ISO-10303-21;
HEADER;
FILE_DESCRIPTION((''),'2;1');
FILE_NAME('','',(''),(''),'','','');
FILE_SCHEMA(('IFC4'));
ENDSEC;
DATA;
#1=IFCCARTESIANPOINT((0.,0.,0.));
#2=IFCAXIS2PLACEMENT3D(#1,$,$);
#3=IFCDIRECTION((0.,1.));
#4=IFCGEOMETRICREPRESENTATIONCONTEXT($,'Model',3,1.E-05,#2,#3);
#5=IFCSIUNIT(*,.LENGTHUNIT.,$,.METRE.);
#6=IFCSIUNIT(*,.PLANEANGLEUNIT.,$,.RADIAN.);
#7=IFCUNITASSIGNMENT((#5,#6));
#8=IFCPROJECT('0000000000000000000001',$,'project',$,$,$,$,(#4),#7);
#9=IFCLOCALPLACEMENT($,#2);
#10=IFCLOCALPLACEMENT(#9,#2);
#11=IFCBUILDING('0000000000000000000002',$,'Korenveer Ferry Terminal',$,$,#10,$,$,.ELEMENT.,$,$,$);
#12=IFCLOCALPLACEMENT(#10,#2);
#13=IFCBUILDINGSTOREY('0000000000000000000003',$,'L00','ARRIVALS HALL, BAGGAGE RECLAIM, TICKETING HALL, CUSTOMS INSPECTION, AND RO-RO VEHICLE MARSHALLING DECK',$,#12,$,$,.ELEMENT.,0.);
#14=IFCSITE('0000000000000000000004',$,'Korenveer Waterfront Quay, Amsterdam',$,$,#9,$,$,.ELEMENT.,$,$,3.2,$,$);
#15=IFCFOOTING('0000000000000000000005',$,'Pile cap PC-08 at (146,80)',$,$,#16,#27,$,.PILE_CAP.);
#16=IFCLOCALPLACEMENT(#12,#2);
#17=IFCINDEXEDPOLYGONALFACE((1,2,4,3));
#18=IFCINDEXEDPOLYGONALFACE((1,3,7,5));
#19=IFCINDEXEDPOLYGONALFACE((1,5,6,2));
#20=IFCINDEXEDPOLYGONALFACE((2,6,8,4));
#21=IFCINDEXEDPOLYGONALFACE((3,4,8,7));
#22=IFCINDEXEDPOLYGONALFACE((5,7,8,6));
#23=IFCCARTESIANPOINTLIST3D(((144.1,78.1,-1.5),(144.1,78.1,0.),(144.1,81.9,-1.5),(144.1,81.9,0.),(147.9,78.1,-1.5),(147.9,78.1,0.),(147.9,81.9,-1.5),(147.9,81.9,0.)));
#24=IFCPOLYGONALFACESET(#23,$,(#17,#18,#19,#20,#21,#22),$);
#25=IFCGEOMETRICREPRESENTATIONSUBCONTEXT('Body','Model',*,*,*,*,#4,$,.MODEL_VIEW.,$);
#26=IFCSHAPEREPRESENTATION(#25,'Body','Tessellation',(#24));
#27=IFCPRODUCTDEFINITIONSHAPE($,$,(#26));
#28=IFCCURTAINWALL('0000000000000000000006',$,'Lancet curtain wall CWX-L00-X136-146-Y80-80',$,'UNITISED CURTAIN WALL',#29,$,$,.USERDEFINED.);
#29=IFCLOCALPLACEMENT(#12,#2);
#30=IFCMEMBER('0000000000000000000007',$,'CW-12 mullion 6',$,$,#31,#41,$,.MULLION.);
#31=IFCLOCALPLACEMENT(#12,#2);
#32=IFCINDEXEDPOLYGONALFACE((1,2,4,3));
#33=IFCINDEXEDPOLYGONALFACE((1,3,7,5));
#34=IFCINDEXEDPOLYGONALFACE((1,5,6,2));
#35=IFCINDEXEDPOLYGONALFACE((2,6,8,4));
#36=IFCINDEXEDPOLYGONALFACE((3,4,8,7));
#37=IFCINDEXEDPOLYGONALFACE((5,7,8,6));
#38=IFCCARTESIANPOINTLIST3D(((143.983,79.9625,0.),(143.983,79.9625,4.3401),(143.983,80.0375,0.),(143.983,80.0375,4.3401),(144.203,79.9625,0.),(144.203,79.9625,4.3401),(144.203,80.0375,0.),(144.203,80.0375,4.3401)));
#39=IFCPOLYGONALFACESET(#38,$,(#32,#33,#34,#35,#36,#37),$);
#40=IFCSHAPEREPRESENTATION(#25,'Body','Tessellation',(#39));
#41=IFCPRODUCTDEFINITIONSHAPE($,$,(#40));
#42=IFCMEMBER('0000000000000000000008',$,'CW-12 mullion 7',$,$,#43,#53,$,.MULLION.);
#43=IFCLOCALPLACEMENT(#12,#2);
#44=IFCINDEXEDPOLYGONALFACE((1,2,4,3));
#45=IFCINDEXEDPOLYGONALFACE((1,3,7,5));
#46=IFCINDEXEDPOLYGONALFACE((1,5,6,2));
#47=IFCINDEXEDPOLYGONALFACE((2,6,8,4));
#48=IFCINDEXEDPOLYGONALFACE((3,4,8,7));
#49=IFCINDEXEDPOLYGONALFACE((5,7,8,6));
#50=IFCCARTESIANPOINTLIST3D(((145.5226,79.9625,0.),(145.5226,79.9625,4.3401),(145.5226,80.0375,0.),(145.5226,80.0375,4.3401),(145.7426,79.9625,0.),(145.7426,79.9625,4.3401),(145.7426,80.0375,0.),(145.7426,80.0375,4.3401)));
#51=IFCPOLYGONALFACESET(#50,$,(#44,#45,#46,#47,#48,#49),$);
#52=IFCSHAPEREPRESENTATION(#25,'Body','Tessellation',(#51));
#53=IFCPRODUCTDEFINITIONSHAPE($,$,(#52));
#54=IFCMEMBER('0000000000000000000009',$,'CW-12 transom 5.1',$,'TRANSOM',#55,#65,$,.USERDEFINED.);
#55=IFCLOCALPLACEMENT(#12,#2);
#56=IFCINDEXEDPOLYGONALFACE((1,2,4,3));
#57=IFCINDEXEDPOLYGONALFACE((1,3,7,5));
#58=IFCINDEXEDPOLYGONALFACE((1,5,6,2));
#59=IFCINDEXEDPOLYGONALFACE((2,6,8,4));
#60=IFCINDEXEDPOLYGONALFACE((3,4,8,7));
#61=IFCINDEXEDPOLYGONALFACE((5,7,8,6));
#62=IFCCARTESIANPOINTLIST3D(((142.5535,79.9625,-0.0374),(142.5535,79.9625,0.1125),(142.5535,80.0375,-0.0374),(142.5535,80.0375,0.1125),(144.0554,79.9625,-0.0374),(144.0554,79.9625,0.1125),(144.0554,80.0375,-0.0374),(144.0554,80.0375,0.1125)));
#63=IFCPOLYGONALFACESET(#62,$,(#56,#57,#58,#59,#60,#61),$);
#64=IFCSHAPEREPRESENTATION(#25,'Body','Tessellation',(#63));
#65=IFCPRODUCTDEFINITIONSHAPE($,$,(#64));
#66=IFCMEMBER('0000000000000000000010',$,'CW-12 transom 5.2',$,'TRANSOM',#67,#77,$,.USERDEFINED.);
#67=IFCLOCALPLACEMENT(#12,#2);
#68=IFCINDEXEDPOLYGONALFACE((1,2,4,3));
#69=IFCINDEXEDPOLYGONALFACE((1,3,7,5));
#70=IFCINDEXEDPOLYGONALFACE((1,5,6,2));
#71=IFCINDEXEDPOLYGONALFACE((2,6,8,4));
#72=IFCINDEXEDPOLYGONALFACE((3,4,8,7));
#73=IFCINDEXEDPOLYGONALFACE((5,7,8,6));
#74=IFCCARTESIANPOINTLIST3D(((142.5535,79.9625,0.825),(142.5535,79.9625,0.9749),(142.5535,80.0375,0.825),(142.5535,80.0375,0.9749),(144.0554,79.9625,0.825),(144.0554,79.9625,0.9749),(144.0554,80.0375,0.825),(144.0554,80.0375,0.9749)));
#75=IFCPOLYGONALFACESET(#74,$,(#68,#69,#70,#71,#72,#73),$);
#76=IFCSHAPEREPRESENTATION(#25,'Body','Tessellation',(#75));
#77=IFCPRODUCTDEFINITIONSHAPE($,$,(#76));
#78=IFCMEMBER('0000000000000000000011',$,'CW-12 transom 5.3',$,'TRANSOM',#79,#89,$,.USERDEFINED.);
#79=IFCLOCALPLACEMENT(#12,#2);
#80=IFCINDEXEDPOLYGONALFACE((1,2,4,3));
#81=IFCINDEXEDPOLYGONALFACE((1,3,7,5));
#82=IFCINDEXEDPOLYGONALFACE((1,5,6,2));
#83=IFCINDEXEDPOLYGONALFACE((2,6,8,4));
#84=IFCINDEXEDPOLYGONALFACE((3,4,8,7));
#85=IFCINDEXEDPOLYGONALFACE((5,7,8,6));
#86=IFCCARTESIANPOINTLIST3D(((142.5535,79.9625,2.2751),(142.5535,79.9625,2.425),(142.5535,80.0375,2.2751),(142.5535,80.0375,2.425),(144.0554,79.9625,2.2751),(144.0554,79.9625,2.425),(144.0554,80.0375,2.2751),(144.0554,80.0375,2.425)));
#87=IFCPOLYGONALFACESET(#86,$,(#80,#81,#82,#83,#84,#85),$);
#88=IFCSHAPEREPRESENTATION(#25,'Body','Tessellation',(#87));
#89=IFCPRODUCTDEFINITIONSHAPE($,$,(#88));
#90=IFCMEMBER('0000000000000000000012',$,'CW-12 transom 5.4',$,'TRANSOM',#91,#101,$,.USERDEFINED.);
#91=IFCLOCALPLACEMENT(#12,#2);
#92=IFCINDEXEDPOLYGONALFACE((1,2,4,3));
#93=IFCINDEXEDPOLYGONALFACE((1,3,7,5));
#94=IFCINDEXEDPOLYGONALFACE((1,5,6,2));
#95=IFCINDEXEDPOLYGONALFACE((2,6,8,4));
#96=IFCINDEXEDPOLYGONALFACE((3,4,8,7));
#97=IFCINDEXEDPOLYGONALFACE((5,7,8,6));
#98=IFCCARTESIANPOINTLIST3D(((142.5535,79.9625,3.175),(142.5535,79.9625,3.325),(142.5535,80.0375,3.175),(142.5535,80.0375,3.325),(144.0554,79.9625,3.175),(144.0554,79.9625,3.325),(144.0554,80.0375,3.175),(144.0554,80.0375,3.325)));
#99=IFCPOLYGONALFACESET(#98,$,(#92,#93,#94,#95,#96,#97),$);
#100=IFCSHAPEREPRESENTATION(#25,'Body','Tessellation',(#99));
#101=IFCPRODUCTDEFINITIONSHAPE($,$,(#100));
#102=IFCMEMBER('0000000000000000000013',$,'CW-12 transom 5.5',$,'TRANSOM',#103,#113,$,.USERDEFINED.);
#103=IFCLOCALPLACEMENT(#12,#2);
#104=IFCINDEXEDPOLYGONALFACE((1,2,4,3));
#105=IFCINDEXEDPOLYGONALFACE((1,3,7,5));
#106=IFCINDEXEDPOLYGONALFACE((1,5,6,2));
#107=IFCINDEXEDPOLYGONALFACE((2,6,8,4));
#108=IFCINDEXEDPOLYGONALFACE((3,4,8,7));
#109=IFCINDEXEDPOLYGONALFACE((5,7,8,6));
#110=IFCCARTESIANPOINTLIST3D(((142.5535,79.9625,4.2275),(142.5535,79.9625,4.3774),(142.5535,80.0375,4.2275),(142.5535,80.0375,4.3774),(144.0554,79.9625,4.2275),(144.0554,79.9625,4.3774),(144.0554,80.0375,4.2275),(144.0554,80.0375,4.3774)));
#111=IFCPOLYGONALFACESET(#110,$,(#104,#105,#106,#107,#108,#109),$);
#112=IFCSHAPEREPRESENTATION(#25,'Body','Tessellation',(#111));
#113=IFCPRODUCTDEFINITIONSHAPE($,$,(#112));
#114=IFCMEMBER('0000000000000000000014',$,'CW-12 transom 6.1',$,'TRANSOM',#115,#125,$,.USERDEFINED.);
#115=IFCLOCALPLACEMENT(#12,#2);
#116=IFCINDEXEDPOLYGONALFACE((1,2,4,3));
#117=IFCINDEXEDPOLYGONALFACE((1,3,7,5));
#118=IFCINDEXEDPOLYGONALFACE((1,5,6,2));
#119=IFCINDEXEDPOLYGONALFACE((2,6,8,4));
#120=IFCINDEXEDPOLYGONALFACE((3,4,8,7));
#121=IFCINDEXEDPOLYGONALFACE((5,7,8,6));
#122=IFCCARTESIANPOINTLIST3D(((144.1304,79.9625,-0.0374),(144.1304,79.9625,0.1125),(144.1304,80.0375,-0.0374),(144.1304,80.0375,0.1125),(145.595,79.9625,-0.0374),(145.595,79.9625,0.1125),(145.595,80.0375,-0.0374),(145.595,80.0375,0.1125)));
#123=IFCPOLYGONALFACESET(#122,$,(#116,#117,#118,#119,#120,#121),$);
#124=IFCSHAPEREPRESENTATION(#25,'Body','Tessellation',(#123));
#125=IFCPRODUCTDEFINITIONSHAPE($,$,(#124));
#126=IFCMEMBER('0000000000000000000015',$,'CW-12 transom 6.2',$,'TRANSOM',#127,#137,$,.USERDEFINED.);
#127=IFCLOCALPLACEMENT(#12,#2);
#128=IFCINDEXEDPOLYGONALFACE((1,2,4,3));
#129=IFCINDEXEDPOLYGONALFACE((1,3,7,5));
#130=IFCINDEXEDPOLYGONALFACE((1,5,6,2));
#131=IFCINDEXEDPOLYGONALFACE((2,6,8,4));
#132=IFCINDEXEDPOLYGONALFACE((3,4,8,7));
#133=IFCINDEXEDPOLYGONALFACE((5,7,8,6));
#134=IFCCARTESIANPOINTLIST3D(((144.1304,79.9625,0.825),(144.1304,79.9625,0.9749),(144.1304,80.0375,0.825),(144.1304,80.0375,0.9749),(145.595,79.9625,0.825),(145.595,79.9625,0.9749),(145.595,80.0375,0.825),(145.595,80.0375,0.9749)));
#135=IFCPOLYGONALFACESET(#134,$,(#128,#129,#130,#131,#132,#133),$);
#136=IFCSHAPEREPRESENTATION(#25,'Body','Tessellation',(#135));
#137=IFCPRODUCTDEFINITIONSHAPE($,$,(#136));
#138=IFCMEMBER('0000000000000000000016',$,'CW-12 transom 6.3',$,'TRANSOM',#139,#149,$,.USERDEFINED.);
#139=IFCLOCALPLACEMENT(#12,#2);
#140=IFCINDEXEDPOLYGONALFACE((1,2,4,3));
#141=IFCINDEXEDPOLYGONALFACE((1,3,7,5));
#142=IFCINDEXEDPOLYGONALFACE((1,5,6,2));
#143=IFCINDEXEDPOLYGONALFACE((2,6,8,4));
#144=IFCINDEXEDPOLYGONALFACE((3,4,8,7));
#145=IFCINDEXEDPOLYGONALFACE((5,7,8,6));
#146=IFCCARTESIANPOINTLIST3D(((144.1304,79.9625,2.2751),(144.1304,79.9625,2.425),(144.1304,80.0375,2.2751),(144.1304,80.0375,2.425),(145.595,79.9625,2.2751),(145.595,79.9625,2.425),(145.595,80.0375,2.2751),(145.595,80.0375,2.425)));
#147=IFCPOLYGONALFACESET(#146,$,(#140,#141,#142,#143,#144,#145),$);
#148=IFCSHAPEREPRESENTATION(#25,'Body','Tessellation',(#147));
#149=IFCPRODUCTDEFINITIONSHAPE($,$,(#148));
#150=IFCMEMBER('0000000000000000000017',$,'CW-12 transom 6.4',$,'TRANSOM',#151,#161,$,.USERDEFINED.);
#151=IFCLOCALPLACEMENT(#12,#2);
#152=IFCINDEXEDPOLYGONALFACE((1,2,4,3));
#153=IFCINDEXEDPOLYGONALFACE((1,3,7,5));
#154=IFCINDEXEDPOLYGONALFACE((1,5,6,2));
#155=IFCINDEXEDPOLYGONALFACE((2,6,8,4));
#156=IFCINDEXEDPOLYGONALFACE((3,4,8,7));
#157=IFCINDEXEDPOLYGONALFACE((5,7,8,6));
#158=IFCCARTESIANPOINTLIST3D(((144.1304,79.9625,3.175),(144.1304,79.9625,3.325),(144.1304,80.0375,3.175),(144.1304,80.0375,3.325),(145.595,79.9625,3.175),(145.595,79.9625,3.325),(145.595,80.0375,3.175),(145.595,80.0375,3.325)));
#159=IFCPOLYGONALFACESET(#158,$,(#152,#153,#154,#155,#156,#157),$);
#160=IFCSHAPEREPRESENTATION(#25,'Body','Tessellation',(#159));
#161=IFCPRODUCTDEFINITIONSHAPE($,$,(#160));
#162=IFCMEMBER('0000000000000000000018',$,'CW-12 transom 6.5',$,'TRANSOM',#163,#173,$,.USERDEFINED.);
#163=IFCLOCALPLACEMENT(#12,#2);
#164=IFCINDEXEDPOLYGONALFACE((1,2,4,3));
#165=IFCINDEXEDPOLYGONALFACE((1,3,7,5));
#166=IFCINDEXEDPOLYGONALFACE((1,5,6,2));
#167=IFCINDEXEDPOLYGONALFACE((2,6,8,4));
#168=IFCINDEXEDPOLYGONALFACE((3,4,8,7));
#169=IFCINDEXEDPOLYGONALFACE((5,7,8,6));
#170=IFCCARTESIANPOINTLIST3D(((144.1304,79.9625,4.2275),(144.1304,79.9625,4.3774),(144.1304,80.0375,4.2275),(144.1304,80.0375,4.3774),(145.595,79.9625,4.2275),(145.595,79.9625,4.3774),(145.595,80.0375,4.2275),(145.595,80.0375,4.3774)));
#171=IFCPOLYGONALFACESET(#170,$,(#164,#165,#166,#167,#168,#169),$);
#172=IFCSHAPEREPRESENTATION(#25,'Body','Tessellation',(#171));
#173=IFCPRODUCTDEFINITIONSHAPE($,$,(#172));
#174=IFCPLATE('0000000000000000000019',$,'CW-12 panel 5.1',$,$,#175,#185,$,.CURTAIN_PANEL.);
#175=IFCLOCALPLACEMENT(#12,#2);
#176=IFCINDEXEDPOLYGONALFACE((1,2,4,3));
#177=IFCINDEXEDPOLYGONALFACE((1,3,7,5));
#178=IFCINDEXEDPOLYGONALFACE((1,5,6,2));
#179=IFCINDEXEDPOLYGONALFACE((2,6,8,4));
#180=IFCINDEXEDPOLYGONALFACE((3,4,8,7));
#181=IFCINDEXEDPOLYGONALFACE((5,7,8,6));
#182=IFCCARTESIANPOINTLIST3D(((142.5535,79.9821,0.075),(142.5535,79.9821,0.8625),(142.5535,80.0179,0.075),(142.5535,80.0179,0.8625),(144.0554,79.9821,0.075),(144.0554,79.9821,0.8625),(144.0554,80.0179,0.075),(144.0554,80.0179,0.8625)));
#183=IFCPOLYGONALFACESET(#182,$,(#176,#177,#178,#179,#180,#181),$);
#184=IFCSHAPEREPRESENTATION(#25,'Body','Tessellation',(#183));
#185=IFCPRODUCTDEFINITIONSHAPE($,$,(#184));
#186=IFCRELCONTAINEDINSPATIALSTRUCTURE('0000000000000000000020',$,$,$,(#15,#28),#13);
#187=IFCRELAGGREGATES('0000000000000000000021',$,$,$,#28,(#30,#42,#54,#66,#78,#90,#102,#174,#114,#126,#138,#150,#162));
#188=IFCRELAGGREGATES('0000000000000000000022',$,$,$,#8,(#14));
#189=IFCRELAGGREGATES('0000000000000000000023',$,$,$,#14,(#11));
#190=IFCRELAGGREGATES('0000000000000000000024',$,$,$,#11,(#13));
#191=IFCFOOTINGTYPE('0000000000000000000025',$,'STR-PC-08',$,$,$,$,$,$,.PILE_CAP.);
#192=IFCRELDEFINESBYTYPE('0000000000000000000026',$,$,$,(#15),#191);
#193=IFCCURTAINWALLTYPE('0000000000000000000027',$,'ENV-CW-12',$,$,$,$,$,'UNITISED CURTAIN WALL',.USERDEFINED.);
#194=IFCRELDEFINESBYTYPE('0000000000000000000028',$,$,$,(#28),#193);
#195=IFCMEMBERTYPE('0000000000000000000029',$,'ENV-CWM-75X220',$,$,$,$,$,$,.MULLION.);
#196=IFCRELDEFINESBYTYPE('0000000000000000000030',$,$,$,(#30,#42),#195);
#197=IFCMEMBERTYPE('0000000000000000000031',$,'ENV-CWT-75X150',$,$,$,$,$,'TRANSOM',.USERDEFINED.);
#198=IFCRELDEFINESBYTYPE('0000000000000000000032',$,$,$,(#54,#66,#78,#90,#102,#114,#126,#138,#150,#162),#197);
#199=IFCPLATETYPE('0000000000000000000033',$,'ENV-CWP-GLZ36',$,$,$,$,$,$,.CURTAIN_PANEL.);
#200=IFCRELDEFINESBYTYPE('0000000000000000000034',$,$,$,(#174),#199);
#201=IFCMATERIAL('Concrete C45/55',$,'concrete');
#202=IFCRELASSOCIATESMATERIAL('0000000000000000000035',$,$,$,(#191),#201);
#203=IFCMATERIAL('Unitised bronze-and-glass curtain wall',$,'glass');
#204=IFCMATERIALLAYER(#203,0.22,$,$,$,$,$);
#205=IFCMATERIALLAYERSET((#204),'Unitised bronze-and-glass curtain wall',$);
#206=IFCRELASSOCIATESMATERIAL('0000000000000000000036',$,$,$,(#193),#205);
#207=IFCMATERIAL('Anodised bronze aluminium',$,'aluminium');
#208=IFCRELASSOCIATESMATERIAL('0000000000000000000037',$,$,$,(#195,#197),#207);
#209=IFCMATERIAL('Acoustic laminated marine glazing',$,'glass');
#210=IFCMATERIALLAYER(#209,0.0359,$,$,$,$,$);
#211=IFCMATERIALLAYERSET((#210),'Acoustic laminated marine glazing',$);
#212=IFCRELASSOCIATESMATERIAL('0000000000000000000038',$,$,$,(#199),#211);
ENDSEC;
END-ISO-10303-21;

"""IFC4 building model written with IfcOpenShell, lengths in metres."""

from ifc_helpers import new_model, si_unit, direction, frame, origin, origin_2d, place, context, subcontext, project, spatial, rectangle, extrude, material, layer, layer_set, material_profile, profile_set, type_object, element, aggregate, save


model = new_model("IFC4")

# Units and contexts
model_context = context("Model", 3, precision=1e-05, world=origin(), true_north=direction((0.0, 1.0)))
body_context = subcontext(model_context, "Body", "Model", "MODEL_VIEW")
ifc_project = project(units=[si_unit("LENGTHUNIT", "METRE"), si_unit("PLANEANGLEUNIT", "RADIAN")], contexts=[model_context])

# Site, building, storey
site_placement = place(None, origin())
site = spatial("IfcSite", under=ifc_project, at=site_placement, Name="Korenveer Waterfront Quay, Amsterdam", CompositionType="ELEMENT", RefElevation=3.2)
building_placement = place(site_placement, origin())
building = spatial("IfcBuilding", under=site, at=building_placement, Name="Korenveer Ferry Terminal", CompositionType="ELEMENT")
storey_placement = place(building_placement, origin())
storey = spatial("IfcBuildingStorey", under=building, at=storey_placement, Name="L00", Description="ARRIVALS HALL, BAGGAGE RECLAIM, TICKETING HALL, CUSTOMS INSPECTION, AND RO-RO VEHICLE MARSHALLING DECK", CompositionType="ELEMENT", Elevation=0.0)

# Footing
ifc_material_1 = material(Name="Concrete C45/55", Category="concrete")
footing_type = type_object("IfcFootingType", Name="STR-PC-08", PredefinedType="PILE_CAP", material=ifc_material_1)
footing_placement = place(storey_placement, frame((146.0, 80.0, -1.5), z_axis=(0.0, 0.0, 1.0), x_axis=(1.0, 0.0, 0.0)))
element("IfcFooting", 1, at=footing_placement, inside=storey, type_object=footing_type, Name="Pile cap PC-08 at (146,80)", PredefinedType="PILE_CAP", context=body_context, shape_type="SweptSolid", body=[
    extrude(rectangle(XDim=3.8, YDim=3.8, at=origin_2d()), origin(), (0.0, 0.0, 1.0), 1.5),
])

# Curtain wall, members, plate
ifc_material_2 = material(Name="Unitised bronze-and-glass curtain wall", Category="glass")
ifc_layer_1 = layer(ifc_material_2, 0.22)
ifc_layer_set_1 = layer_set([ifc_layer_1], Name="Unitised bronze-and-glass curtain wall")
curtain_wall_type = type_object("IfcCurtainWallType", Name="ENV-CW-12", ElementType="UNITISED CURTAIN WALL", PredefinedType="USERDEFINED", material=ifc_layer_set_1)
curtain_wall_placement = place(storey_placement, frame((136.2078, 80.0, 0.0)))
curtain_wall = element("IfcCurtainWall", 2, at=curtain_wall_placement, inside=storey, type_object=curtain_wall_type, Name="Lancet curtain wall CWX-L00-X136-146-Y80-80", ObjectType="UNITISED CURTAIN WALL", PredefinedType="USERDEFINED")
ifc_material_3 = material(Name="Anodised bronze aluminium", Category="aluminium")
ifc_material_profile_1 = material_profile(ifc_material_3, rectangle(XDim=0.075, YDim=0.22, at=origin_2d()), Name="ALU 75x220")
ifc_profile_set_1 = profile_set([ifc_material_profile_1], Name="Anodised bronze aluminium")
member_type_1 = type_object("IfcMemberType", Name="ENV-CWM-75X220", PredefinedType="MULLION", material=ifc_profile_set_1)
member_1_placement = place(storey_placement, frame((144.093, 80.0, 0.0), z_axis=(0.0, 0.0, 1.0), x_axis=(0.0, 1.0, 0.0)))
member_1 = element("IfcMember", 3, at=member_1_placement, type_object=member_type_1, Name="CW-12 mullion 6", PredefinedType="MULLION", context=body_context, shape_type="SweptSolid", body=[
    extrude(rectangle(XDim=0.075, YDim=0.22, at=origin_2d()), origin(), (0.0, 0.0, 1.0), 4.3401),
])
member_2_placement = place(storey_placement, frame((145.6326, 80.0, 0.0), z_axis=(0.0, 0.0, 1.0), x_axis=(0.0, 1.0, 0.0)))
member_2 = element("IfcMember", 4, at=member_2_placement, type_object=member_type_1, Name="CW-12 mullion 7", PredefinedType="MULLION", context=body_context, shape_type="SweptSolid", body=[
    extrude(rectangle(XDim=0.075, YDim=0.22, at=origin_2d()), origin(), (0.0, 0.0, 1.0), 4.3401),
])
ifc_material_profile_2 = material_profile(ifc_material_3, rectangle(XDim=0.075, YDim=0.1499, at=origin_2d()), Name="ALU 75x150")
ifc_profile_set_2 = profile_set([ifc_material_profile_2], Name="Anodised bronze aluminium")
member_type_2 = type_object("IfcMemberType", Name="ENV-CWT-75X150", ElementType="TRANSOM", PredefinedType="USERDEFINED", material=ifc_profile_set_2)
member_3_placement = place(storey_placement, frame((142.5535, 80.0, 0.0376), z_axis=(1.0, 0.0, 0.0), x_axis=(0.0, 1.0, 0.0)))
member_3 = element("IfcMember", 5, at=member_3_placement, type_object=member_type_2, Name="CW-12 transom 5.1", ObjectType="TRANSOM", PredefinedType="USERDEFINED", context=body_context, shape_type="SweptSolid", body=[
    extrude(rectangle(XDim=0.075, YDim=0.1499, at=origin_2d()), origin(), (0.0, 0.0, 1.0), 1.502),
])
member_4_placement = place(storey_placement, frame((142.5535, 80.0, 0.8999), z_axis=(1.0, 0.0, 0.0), x_axis=(0.0, 1.0, 0.0)))
member_4 = element("IfcMember", 6, at=member_4_placement, type_object=member_type_2, Name="CW-12 transom 5.2", ObjectType="TRANSOM", PredefinedType="USERDEFINED", context=body_context, shape_type="SweptSolid", body=[
    extrude(rectangle(XDim=0.075, YDim=0.1499, at=origin_2d()), origin(), (0.0, 0.0, 1.0), 1.502),
])
member_5_placement = place(storey_placement, frame((142.5535, 80.0, 2.3501), z_axis=(1.0, 0.0, 0.0), x_axis=(0.0, 1.0, 0.0)))
member_5 = element("IfcMember", 7, at=member_5_placement, type_object=member_type_2, Name="CW-12 transom 5.3", ObjectType="TRANSOM", PredefinedType="USERDEFINED", context=body_context, shape_type="SweptSolid", body=[
    extrude(rectangle(XDim=0.075, YDim=0.1499, at=origin_2d()), origin(), (0.0, 0.0, 1.0), 1.502),
])
member_6_placement = place(storey_placement, frame((142.5535, 80.0, 3.25), z_axis=(1.0, 0.0, 0.0), x_axis=(0.0, 1.0, 0.0)))
member_6 = element("IfcMember", 8, at=member_6_placement, type_object=member_type_2, Name="CW-12 transom 5.4", ObjectType="TRANSOM", PredefinedType="USERDEFINED", context=body_context, shape_type="SweptSolid", body=[
    extrude(rectangle(XDim=0.075, YDim=0.1499, at=origin_2d()), origin(), (0.0, 0.0, 1.0), 1.502),
])
member_7_placement = place(storey_placement, frame((142.5535, 80.0, 4.3025), z_axis=(1.0, 0.0, 0.0), x_axis=(0.0, 1.0, 0.0)))
member_7 = element("IfcMember", 9, at=member_7_placement, type_object=member_type_2, Name="CW-12 transom 5.5", ObjectType="TRANSOM", PredefinedType="USERDEFINED", context=body_context, shape_type="SweptSolid", body=[
    extrude(rectangle(XDim=0.075, YDim=0.1499, at=origin_2d()), origin(), (0.0, 0.0, 1.0), 1.502),
])
member_8_placement = place(storey_placement, frame((144.1304, 80.0, 0.0376), z_axis=(1.0, 0.0, 0.0), x_axis=(0.0, 1.0, 0.0)))
member_8 = element("IfcMember", 10, at=member_8_placement, type_object=member_type_2, Name="CW-12 transom 6.1", ObjectType="TRANSOM", PredefinedType="USERDEFINED", context=body_context, shape_type="SweptSolid", body=[
    extrude(rectangle(XDim=0.075, YDim=0.1499, at=origin_2d()), origin(), (0.0, 0.0, 1.0), 1.4646),
])
member_9_placement = place(storey_placement, frame((144.1304, 80.0, 0.8999), z_axis=(1.0, 0.0, 0.0), x_axis=(0.0, 1.0, 0.0)))
member_9 = element("IfcMember", 11, at=member_9_placement, type_object=member_type_2, Name="CW-12 transom 6.2", ObjectType="TRANSOM", PredefinedType="USERDEFINED", context=body_context, shape_type="SweptSolid", body=[
    extrude(rectangle(XDim=0.075, YDim=0.1499, at=origin_2d()), origin(), (0.0, 0.0, 1.0), 1.4646),
])
member_10_placement = place(storey_placement, frame((144.1304, 80.0, 2.3501), z_axis=(1.0, 0.0, 0.0), x_axis=(0.0, 1.0, 0.0)))
member_10 = element("IfcMember", 12, at=member_10_placement, type_object=member_type_2, Name="CW-12 transom 6.3", ObjectType="TRANSOM", PredefinedType="USERDEFINED", context=body_context, shape_type="SweptSolid", body=[
    extrude(rectangle(XDim=0.075, YDim=0.1499, at=origin_2d()), origin(), (0.0, 0.0, 1.0), 1.4646),
])
member_11_placement = place(storey_placement, frame((144.1304, 80.0, 3.25), z_axis=(1.0, 0.0, 0.0), x_axis=(0.0, 1.0, 0.0)))
member_11 = element("IfcMember", 13, at=member_11_placement, type_object=member_type_2, Name="CW-12 transom 6.4", ObjectType="TRANSOM", PredefinedType="USERDEFINED", context=body_context, shape_type="SweptSolid", body=[
    extrude(rectangle(XDim=0.075, YDim=0.1499, at=origin_2d()), origin(), (0.0, 0.0, 1.0), 1.4646),
])
member_12_placement = place(storey_placement, frame((144.1304, 80.0, 4.3025), z_axis=(1.0, 0.0, 0.0), x_axis=(0.0, 1.0, 0.0)))
member_12 = element("IfcMember", 14, at=member_12_placement, type_object=member_type_2, Name="CW-12 transom 6.5", ObjectType="TRANSOM", PredefinedType="USERDEFINED", context=body_context, shape_type="SweptSolid", body=[
    extrude(rectangle(XDim=0.075, YDim=0.1499, at=origin_2d()), origin(), (0.0, 0.0, 1.0), 1.4646),
])
ifc_material_4 = material(Name="Acoustic laminated marine glazing", Category="glass")
ifc_layer_2 = layer(ifc_material_4, 0.0359)
ifc_layer_set_2 = layer_set([ifc_layer_2], Name="Acoustic laminated marine glazing")
plate_type = type_object("IfcPlateType", Name="ENV-CWP-GLZ36", PredefinedType="CURTAIN_PANEL", material=ifc_layer_set_2)
plate_1_placement = place(storey_placement, frame((143.3044, 80.0, 0.075), z_axis=(0.0, 0.0, 1.0), x_axis=(1.0, 0.0, 0.0)))
plate_1 = element("IfcPlate", 15, at=plate_1_placement, type_object=plate_type, Name="CW-12 panel 5.1", PredefinedType="CURTAIN_PANEL", context=body_context, shape_type="SweptSolid", body=[
    extrude(rectangle(XDim=1.502, YDim=0.0359, at=origin_2d()), origin(), (0.0, 0.0, 1.0), 0.7876),
])
aggregate(curtain_wall, [member_1, member_2, member_3, member_4, member_5, member_6, member_7, plate_1, member_8, member_9, member_10, member_11, member_12])

save(model, "model.ifc")
